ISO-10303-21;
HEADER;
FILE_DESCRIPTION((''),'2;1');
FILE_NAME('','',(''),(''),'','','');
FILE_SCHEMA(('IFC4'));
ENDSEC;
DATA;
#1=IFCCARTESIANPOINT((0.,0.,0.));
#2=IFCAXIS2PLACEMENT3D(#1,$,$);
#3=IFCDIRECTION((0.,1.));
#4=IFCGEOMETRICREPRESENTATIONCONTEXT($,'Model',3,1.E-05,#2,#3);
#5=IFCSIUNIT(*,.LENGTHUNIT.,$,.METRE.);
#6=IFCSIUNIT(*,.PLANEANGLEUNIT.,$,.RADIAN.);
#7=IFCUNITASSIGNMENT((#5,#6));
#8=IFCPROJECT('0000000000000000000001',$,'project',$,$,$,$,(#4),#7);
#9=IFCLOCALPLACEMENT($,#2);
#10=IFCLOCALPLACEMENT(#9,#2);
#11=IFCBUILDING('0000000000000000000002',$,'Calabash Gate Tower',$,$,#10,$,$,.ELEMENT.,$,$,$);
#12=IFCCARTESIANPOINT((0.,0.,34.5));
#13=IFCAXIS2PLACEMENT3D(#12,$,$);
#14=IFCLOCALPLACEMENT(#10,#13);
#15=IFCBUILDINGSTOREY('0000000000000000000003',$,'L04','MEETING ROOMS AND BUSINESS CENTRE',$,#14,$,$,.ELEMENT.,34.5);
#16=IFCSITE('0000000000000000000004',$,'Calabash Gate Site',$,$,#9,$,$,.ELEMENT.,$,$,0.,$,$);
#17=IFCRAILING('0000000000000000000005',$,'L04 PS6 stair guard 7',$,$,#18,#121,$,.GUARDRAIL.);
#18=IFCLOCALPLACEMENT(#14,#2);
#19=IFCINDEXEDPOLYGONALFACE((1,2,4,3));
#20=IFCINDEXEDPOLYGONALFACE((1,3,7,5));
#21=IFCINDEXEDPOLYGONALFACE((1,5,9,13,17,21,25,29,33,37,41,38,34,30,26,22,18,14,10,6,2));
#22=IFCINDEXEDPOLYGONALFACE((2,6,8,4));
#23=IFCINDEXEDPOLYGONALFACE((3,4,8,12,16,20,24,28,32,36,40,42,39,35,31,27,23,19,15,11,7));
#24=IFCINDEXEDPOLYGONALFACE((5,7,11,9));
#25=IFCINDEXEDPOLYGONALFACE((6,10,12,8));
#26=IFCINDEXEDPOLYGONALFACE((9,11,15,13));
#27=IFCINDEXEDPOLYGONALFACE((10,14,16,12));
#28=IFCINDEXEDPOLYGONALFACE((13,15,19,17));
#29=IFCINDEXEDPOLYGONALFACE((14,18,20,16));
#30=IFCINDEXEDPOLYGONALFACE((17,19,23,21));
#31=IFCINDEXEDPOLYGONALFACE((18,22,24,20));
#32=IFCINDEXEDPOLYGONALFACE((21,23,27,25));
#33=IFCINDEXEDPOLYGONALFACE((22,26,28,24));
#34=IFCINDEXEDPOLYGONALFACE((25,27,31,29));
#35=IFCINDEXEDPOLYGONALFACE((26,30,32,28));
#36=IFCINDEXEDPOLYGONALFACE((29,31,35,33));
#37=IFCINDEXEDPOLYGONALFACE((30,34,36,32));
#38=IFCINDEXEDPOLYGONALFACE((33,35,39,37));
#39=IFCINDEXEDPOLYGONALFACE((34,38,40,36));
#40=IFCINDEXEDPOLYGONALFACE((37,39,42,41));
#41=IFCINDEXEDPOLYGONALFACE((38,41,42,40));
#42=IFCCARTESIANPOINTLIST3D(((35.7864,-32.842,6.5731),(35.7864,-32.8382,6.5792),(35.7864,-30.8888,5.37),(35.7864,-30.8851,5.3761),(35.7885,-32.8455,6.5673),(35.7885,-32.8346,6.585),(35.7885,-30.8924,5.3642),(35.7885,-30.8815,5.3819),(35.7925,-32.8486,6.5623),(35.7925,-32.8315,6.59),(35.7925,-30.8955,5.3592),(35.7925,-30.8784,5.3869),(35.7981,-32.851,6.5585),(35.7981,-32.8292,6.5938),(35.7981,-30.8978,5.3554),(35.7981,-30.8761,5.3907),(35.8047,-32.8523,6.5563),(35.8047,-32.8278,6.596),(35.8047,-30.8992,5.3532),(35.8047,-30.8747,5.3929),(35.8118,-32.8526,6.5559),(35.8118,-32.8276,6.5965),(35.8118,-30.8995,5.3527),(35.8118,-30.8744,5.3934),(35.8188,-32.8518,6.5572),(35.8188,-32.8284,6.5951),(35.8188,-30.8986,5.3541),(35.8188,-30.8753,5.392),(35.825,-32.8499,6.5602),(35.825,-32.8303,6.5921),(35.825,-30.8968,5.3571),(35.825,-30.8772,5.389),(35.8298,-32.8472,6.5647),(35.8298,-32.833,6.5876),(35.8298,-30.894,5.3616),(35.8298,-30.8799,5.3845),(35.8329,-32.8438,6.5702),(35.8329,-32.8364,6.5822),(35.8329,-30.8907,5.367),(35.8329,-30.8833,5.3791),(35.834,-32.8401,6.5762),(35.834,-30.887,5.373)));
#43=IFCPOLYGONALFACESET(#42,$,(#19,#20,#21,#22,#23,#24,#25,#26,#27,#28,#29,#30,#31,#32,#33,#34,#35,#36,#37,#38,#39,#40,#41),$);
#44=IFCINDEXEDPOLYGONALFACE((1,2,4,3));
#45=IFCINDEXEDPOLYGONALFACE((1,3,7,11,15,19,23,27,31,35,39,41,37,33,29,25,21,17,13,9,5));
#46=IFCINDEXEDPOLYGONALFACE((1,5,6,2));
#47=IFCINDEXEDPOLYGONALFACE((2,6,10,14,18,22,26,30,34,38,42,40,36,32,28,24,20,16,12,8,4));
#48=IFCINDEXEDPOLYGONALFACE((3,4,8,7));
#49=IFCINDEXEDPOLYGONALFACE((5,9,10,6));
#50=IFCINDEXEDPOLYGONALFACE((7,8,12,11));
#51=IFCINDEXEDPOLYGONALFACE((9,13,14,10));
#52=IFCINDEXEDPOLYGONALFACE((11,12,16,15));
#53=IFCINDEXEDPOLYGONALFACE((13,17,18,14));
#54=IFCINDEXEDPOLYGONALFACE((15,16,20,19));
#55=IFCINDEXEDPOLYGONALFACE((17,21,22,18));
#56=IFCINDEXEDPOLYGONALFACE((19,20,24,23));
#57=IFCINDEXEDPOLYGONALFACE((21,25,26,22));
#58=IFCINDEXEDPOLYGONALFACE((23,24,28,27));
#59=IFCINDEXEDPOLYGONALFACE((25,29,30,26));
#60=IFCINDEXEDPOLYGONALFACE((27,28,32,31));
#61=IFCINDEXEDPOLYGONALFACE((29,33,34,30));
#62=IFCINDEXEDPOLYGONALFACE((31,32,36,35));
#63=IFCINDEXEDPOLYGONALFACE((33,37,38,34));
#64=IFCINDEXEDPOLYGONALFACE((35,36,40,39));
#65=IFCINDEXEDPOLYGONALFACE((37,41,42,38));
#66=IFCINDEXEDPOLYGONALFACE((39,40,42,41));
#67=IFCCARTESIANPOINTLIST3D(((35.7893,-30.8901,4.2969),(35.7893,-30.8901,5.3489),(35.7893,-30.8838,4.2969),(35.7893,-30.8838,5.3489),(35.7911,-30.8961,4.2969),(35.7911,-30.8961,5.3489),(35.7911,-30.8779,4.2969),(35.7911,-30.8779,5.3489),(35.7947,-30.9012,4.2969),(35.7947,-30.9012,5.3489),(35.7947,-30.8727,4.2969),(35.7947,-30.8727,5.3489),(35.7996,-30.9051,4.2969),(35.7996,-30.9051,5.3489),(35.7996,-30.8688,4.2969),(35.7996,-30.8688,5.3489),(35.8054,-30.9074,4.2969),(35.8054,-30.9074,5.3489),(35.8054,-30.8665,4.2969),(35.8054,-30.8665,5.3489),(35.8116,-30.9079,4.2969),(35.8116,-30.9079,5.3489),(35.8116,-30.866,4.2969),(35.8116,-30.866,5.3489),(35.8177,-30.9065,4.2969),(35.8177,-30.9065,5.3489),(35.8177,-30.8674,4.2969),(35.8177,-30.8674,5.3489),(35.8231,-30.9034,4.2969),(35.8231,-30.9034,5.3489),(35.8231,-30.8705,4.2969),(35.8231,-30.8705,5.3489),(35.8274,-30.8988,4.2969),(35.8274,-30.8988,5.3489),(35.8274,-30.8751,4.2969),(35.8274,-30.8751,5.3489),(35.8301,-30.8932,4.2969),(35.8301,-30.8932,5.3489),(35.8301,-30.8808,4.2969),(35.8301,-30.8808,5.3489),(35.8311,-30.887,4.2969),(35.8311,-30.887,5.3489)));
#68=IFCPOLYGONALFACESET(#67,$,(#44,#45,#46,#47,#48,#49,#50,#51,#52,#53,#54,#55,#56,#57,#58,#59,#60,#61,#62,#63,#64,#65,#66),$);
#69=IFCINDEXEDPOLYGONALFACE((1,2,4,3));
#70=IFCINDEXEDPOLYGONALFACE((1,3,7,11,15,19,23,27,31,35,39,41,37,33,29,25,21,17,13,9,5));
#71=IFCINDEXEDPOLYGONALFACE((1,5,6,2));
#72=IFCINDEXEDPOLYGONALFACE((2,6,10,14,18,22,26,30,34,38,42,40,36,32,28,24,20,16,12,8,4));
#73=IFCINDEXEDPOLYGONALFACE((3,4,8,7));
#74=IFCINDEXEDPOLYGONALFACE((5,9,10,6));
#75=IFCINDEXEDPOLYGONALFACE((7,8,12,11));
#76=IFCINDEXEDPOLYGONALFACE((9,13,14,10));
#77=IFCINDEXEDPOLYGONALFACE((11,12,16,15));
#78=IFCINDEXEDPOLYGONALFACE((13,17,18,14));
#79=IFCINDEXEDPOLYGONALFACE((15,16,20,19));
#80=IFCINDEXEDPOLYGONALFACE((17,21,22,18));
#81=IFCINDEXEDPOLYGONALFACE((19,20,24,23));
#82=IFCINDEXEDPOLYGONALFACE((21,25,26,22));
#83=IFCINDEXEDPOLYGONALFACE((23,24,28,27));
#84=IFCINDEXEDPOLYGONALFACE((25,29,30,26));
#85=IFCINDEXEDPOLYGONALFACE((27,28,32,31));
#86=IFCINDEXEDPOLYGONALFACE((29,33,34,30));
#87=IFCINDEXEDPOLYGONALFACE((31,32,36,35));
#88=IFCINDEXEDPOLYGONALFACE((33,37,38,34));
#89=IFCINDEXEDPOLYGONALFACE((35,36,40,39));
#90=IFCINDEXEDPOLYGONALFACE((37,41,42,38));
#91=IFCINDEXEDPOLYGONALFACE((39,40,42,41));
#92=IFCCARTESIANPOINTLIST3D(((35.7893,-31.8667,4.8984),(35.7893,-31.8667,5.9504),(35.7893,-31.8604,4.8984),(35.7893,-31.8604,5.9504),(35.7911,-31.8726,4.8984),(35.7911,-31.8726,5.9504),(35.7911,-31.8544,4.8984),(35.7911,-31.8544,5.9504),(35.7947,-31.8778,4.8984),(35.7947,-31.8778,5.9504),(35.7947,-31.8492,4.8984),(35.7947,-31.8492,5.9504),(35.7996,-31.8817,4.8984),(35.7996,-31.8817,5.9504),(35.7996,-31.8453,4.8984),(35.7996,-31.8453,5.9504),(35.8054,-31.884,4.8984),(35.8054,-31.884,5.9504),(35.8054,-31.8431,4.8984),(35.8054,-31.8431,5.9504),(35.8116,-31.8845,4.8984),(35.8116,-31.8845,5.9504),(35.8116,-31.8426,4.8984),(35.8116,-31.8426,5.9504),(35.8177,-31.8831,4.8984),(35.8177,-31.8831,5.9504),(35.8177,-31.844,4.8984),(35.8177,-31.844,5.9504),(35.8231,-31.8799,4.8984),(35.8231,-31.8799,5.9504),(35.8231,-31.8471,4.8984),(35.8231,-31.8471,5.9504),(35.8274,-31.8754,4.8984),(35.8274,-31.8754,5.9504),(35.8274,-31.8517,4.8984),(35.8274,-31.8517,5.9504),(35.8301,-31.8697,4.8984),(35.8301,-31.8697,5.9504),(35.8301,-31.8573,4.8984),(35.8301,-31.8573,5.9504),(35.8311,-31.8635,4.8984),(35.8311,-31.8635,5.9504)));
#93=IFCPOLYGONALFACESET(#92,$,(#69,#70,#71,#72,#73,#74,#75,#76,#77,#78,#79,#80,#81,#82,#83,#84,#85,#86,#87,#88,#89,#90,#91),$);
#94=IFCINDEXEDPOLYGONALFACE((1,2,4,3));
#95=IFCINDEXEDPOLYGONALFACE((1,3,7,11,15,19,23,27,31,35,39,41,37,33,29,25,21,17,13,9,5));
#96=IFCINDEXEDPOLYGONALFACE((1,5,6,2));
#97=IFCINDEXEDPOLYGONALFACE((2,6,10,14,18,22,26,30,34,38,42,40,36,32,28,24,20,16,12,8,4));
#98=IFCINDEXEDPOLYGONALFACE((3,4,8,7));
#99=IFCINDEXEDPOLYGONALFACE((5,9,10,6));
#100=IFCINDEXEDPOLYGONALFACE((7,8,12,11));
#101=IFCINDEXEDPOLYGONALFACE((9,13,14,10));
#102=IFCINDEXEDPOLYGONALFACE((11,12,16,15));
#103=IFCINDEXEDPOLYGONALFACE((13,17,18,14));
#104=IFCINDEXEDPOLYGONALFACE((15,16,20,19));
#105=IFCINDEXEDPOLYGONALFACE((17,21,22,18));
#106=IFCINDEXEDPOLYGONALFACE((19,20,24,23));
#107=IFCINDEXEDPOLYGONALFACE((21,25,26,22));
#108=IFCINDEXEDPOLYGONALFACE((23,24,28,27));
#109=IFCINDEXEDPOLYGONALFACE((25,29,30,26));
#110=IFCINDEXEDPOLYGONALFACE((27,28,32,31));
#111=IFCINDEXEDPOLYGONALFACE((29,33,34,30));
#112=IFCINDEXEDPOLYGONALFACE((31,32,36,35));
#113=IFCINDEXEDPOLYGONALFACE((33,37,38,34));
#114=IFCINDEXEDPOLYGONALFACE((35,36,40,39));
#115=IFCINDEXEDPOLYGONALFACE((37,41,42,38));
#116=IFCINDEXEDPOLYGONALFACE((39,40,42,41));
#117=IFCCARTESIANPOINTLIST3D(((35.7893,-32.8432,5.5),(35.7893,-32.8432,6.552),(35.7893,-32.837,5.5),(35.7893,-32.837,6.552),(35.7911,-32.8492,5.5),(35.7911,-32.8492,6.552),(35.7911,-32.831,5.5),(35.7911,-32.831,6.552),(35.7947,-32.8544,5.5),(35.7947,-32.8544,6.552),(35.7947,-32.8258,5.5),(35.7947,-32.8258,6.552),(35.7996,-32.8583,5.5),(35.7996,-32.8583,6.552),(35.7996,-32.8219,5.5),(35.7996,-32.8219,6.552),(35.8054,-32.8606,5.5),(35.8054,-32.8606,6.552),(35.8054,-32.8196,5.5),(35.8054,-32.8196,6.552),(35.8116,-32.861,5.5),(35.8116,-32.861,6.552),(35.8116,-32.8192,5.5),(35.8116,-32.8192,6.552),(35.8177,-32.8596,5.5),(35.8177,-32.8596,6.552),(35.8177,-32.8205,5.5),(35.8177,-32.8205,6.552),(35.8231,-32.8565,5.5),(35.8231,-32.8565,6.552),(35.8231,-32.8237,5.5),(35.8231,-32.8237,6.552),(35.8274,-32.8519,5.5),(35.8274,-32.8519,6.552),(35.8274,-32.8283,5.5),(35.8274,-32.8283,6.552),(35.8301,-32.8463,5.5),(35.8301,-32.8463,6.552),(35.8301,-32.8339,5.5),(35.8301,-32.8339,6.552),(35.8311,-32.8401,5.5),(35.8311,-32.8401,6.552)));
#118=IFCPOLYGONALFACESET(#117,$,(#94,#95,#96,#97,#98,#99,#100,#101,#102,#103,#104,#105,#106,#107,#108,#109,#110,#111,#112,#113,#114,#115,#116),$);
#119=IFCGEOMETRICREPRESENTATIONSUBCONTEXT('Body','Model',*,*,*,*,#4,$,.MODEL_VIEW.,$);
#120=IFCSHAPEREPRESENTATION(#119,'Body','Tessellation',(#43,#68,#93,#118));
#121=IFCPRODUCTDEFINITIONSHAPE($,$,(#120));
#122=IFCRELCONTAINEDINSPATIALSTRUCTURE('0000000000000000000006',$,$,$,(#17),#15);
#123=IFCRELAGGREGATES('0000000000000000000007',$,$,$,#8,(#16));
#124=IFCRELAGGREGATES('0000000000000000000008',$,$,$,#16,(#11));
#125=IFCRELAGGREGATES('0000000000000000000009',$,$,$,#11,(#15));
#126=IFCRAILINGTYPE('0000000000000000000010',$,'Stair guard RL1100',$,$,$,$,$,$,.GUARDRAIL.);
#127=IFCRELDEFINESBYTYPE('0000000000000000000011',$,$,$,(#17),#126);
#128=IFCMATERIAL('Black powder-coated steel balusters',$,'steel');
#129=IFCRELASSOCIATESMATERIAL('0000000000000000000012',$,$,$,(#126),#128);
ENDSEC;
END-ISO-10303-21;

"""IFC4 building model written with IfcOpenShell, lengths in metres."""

from ifc_helpers import new_model, si_unit, direction, frame, origin, origin_2d, place, context, subcontext, project, spatial, circle, extrude, material, type_object, element, save


model = new_model("IFC4")

# Units and contexts
model_context = context("Model", 3, precision=1e-05, world=origin(), true_north=direction((0.0, 1.0)))
body_context = subcontext(model_context, "Body", "Model", "MODEL_VIEW")
ifc_project = project(units=[si_unit("LENGTHUNIT", "METRE"), si_unit("PLANEANGLEUNIT", "RADIAN")], contexts=[model_context])

# Site, building, storey
site_placement = place(None, origin())
site = spatial("IfcSite", under=ifc_project, at=site_placement, Name="Calabash Gate Site", CompositionType="ELEMENT", RefElevation=0.0)
building_placement = place(site_placement, origin())
building = spatial("IfcBuilding", under=site, at=building_placement, Name="Calabash Gate Tower", CompositionType="ELEMENT")
storey_placement = place(building_placement, frame((0.0, 0.0, 34.5)))
storey = spatial("IfcBuildingStorey", under=building, at=storey_placement, Name="L04", Description="MEETING ROOMS AND BUSINESS CENTRE", CompositionType="ELEMENT", Elevation=34.5)

# Railing
ifc_material_1 = material(Name="Black powder-coated steel balusters", Category="steel")
railing_type_1 = type_object("IfcRailingType", Name="Stair guard RL1100", PredefinedType="GUARDRAIL", material=ifc_material_1)
railing_1_placement = place(storey_placement, frame((35.8101, -30.887, 4.2969)))
element("IfcRailing", 1, at=railing_1_placement, inside=storey, type_object=railing_type_1, Name="L04 PS6 stair guard 7", PredefinedType="GUARDRAIL", context=body_context, shape_type="SweptSolid", body=[
    extrude(circle(Radius=0.0239, at=origin_2d()), frame((0.0, 0.0, 1.0762), z_axis=(0.0, -0.851424, 0.524477), x_axis=(1.0, 0.0, 0.0)), (0.0, 0.0, 1.0), 2.2939),
    extrude(circle(Radius=0.021, at=origin_2d()), origin(), (0.0, 0.0, 1.0), 1.052),
    extrude(circle(Radius=0.021, at=origin_2d()), frame((0.0, -0.9766, 0.6016)), (0.0, 0.0, 1.0), 1.052),
    extrude(circle(Radius=0.021, at=origin_2d()), frame((0.0, -1.9531, 1.2031)), (0.0, 0.0, 1.0), 1.052),
])

save(model, "model.ifc")
